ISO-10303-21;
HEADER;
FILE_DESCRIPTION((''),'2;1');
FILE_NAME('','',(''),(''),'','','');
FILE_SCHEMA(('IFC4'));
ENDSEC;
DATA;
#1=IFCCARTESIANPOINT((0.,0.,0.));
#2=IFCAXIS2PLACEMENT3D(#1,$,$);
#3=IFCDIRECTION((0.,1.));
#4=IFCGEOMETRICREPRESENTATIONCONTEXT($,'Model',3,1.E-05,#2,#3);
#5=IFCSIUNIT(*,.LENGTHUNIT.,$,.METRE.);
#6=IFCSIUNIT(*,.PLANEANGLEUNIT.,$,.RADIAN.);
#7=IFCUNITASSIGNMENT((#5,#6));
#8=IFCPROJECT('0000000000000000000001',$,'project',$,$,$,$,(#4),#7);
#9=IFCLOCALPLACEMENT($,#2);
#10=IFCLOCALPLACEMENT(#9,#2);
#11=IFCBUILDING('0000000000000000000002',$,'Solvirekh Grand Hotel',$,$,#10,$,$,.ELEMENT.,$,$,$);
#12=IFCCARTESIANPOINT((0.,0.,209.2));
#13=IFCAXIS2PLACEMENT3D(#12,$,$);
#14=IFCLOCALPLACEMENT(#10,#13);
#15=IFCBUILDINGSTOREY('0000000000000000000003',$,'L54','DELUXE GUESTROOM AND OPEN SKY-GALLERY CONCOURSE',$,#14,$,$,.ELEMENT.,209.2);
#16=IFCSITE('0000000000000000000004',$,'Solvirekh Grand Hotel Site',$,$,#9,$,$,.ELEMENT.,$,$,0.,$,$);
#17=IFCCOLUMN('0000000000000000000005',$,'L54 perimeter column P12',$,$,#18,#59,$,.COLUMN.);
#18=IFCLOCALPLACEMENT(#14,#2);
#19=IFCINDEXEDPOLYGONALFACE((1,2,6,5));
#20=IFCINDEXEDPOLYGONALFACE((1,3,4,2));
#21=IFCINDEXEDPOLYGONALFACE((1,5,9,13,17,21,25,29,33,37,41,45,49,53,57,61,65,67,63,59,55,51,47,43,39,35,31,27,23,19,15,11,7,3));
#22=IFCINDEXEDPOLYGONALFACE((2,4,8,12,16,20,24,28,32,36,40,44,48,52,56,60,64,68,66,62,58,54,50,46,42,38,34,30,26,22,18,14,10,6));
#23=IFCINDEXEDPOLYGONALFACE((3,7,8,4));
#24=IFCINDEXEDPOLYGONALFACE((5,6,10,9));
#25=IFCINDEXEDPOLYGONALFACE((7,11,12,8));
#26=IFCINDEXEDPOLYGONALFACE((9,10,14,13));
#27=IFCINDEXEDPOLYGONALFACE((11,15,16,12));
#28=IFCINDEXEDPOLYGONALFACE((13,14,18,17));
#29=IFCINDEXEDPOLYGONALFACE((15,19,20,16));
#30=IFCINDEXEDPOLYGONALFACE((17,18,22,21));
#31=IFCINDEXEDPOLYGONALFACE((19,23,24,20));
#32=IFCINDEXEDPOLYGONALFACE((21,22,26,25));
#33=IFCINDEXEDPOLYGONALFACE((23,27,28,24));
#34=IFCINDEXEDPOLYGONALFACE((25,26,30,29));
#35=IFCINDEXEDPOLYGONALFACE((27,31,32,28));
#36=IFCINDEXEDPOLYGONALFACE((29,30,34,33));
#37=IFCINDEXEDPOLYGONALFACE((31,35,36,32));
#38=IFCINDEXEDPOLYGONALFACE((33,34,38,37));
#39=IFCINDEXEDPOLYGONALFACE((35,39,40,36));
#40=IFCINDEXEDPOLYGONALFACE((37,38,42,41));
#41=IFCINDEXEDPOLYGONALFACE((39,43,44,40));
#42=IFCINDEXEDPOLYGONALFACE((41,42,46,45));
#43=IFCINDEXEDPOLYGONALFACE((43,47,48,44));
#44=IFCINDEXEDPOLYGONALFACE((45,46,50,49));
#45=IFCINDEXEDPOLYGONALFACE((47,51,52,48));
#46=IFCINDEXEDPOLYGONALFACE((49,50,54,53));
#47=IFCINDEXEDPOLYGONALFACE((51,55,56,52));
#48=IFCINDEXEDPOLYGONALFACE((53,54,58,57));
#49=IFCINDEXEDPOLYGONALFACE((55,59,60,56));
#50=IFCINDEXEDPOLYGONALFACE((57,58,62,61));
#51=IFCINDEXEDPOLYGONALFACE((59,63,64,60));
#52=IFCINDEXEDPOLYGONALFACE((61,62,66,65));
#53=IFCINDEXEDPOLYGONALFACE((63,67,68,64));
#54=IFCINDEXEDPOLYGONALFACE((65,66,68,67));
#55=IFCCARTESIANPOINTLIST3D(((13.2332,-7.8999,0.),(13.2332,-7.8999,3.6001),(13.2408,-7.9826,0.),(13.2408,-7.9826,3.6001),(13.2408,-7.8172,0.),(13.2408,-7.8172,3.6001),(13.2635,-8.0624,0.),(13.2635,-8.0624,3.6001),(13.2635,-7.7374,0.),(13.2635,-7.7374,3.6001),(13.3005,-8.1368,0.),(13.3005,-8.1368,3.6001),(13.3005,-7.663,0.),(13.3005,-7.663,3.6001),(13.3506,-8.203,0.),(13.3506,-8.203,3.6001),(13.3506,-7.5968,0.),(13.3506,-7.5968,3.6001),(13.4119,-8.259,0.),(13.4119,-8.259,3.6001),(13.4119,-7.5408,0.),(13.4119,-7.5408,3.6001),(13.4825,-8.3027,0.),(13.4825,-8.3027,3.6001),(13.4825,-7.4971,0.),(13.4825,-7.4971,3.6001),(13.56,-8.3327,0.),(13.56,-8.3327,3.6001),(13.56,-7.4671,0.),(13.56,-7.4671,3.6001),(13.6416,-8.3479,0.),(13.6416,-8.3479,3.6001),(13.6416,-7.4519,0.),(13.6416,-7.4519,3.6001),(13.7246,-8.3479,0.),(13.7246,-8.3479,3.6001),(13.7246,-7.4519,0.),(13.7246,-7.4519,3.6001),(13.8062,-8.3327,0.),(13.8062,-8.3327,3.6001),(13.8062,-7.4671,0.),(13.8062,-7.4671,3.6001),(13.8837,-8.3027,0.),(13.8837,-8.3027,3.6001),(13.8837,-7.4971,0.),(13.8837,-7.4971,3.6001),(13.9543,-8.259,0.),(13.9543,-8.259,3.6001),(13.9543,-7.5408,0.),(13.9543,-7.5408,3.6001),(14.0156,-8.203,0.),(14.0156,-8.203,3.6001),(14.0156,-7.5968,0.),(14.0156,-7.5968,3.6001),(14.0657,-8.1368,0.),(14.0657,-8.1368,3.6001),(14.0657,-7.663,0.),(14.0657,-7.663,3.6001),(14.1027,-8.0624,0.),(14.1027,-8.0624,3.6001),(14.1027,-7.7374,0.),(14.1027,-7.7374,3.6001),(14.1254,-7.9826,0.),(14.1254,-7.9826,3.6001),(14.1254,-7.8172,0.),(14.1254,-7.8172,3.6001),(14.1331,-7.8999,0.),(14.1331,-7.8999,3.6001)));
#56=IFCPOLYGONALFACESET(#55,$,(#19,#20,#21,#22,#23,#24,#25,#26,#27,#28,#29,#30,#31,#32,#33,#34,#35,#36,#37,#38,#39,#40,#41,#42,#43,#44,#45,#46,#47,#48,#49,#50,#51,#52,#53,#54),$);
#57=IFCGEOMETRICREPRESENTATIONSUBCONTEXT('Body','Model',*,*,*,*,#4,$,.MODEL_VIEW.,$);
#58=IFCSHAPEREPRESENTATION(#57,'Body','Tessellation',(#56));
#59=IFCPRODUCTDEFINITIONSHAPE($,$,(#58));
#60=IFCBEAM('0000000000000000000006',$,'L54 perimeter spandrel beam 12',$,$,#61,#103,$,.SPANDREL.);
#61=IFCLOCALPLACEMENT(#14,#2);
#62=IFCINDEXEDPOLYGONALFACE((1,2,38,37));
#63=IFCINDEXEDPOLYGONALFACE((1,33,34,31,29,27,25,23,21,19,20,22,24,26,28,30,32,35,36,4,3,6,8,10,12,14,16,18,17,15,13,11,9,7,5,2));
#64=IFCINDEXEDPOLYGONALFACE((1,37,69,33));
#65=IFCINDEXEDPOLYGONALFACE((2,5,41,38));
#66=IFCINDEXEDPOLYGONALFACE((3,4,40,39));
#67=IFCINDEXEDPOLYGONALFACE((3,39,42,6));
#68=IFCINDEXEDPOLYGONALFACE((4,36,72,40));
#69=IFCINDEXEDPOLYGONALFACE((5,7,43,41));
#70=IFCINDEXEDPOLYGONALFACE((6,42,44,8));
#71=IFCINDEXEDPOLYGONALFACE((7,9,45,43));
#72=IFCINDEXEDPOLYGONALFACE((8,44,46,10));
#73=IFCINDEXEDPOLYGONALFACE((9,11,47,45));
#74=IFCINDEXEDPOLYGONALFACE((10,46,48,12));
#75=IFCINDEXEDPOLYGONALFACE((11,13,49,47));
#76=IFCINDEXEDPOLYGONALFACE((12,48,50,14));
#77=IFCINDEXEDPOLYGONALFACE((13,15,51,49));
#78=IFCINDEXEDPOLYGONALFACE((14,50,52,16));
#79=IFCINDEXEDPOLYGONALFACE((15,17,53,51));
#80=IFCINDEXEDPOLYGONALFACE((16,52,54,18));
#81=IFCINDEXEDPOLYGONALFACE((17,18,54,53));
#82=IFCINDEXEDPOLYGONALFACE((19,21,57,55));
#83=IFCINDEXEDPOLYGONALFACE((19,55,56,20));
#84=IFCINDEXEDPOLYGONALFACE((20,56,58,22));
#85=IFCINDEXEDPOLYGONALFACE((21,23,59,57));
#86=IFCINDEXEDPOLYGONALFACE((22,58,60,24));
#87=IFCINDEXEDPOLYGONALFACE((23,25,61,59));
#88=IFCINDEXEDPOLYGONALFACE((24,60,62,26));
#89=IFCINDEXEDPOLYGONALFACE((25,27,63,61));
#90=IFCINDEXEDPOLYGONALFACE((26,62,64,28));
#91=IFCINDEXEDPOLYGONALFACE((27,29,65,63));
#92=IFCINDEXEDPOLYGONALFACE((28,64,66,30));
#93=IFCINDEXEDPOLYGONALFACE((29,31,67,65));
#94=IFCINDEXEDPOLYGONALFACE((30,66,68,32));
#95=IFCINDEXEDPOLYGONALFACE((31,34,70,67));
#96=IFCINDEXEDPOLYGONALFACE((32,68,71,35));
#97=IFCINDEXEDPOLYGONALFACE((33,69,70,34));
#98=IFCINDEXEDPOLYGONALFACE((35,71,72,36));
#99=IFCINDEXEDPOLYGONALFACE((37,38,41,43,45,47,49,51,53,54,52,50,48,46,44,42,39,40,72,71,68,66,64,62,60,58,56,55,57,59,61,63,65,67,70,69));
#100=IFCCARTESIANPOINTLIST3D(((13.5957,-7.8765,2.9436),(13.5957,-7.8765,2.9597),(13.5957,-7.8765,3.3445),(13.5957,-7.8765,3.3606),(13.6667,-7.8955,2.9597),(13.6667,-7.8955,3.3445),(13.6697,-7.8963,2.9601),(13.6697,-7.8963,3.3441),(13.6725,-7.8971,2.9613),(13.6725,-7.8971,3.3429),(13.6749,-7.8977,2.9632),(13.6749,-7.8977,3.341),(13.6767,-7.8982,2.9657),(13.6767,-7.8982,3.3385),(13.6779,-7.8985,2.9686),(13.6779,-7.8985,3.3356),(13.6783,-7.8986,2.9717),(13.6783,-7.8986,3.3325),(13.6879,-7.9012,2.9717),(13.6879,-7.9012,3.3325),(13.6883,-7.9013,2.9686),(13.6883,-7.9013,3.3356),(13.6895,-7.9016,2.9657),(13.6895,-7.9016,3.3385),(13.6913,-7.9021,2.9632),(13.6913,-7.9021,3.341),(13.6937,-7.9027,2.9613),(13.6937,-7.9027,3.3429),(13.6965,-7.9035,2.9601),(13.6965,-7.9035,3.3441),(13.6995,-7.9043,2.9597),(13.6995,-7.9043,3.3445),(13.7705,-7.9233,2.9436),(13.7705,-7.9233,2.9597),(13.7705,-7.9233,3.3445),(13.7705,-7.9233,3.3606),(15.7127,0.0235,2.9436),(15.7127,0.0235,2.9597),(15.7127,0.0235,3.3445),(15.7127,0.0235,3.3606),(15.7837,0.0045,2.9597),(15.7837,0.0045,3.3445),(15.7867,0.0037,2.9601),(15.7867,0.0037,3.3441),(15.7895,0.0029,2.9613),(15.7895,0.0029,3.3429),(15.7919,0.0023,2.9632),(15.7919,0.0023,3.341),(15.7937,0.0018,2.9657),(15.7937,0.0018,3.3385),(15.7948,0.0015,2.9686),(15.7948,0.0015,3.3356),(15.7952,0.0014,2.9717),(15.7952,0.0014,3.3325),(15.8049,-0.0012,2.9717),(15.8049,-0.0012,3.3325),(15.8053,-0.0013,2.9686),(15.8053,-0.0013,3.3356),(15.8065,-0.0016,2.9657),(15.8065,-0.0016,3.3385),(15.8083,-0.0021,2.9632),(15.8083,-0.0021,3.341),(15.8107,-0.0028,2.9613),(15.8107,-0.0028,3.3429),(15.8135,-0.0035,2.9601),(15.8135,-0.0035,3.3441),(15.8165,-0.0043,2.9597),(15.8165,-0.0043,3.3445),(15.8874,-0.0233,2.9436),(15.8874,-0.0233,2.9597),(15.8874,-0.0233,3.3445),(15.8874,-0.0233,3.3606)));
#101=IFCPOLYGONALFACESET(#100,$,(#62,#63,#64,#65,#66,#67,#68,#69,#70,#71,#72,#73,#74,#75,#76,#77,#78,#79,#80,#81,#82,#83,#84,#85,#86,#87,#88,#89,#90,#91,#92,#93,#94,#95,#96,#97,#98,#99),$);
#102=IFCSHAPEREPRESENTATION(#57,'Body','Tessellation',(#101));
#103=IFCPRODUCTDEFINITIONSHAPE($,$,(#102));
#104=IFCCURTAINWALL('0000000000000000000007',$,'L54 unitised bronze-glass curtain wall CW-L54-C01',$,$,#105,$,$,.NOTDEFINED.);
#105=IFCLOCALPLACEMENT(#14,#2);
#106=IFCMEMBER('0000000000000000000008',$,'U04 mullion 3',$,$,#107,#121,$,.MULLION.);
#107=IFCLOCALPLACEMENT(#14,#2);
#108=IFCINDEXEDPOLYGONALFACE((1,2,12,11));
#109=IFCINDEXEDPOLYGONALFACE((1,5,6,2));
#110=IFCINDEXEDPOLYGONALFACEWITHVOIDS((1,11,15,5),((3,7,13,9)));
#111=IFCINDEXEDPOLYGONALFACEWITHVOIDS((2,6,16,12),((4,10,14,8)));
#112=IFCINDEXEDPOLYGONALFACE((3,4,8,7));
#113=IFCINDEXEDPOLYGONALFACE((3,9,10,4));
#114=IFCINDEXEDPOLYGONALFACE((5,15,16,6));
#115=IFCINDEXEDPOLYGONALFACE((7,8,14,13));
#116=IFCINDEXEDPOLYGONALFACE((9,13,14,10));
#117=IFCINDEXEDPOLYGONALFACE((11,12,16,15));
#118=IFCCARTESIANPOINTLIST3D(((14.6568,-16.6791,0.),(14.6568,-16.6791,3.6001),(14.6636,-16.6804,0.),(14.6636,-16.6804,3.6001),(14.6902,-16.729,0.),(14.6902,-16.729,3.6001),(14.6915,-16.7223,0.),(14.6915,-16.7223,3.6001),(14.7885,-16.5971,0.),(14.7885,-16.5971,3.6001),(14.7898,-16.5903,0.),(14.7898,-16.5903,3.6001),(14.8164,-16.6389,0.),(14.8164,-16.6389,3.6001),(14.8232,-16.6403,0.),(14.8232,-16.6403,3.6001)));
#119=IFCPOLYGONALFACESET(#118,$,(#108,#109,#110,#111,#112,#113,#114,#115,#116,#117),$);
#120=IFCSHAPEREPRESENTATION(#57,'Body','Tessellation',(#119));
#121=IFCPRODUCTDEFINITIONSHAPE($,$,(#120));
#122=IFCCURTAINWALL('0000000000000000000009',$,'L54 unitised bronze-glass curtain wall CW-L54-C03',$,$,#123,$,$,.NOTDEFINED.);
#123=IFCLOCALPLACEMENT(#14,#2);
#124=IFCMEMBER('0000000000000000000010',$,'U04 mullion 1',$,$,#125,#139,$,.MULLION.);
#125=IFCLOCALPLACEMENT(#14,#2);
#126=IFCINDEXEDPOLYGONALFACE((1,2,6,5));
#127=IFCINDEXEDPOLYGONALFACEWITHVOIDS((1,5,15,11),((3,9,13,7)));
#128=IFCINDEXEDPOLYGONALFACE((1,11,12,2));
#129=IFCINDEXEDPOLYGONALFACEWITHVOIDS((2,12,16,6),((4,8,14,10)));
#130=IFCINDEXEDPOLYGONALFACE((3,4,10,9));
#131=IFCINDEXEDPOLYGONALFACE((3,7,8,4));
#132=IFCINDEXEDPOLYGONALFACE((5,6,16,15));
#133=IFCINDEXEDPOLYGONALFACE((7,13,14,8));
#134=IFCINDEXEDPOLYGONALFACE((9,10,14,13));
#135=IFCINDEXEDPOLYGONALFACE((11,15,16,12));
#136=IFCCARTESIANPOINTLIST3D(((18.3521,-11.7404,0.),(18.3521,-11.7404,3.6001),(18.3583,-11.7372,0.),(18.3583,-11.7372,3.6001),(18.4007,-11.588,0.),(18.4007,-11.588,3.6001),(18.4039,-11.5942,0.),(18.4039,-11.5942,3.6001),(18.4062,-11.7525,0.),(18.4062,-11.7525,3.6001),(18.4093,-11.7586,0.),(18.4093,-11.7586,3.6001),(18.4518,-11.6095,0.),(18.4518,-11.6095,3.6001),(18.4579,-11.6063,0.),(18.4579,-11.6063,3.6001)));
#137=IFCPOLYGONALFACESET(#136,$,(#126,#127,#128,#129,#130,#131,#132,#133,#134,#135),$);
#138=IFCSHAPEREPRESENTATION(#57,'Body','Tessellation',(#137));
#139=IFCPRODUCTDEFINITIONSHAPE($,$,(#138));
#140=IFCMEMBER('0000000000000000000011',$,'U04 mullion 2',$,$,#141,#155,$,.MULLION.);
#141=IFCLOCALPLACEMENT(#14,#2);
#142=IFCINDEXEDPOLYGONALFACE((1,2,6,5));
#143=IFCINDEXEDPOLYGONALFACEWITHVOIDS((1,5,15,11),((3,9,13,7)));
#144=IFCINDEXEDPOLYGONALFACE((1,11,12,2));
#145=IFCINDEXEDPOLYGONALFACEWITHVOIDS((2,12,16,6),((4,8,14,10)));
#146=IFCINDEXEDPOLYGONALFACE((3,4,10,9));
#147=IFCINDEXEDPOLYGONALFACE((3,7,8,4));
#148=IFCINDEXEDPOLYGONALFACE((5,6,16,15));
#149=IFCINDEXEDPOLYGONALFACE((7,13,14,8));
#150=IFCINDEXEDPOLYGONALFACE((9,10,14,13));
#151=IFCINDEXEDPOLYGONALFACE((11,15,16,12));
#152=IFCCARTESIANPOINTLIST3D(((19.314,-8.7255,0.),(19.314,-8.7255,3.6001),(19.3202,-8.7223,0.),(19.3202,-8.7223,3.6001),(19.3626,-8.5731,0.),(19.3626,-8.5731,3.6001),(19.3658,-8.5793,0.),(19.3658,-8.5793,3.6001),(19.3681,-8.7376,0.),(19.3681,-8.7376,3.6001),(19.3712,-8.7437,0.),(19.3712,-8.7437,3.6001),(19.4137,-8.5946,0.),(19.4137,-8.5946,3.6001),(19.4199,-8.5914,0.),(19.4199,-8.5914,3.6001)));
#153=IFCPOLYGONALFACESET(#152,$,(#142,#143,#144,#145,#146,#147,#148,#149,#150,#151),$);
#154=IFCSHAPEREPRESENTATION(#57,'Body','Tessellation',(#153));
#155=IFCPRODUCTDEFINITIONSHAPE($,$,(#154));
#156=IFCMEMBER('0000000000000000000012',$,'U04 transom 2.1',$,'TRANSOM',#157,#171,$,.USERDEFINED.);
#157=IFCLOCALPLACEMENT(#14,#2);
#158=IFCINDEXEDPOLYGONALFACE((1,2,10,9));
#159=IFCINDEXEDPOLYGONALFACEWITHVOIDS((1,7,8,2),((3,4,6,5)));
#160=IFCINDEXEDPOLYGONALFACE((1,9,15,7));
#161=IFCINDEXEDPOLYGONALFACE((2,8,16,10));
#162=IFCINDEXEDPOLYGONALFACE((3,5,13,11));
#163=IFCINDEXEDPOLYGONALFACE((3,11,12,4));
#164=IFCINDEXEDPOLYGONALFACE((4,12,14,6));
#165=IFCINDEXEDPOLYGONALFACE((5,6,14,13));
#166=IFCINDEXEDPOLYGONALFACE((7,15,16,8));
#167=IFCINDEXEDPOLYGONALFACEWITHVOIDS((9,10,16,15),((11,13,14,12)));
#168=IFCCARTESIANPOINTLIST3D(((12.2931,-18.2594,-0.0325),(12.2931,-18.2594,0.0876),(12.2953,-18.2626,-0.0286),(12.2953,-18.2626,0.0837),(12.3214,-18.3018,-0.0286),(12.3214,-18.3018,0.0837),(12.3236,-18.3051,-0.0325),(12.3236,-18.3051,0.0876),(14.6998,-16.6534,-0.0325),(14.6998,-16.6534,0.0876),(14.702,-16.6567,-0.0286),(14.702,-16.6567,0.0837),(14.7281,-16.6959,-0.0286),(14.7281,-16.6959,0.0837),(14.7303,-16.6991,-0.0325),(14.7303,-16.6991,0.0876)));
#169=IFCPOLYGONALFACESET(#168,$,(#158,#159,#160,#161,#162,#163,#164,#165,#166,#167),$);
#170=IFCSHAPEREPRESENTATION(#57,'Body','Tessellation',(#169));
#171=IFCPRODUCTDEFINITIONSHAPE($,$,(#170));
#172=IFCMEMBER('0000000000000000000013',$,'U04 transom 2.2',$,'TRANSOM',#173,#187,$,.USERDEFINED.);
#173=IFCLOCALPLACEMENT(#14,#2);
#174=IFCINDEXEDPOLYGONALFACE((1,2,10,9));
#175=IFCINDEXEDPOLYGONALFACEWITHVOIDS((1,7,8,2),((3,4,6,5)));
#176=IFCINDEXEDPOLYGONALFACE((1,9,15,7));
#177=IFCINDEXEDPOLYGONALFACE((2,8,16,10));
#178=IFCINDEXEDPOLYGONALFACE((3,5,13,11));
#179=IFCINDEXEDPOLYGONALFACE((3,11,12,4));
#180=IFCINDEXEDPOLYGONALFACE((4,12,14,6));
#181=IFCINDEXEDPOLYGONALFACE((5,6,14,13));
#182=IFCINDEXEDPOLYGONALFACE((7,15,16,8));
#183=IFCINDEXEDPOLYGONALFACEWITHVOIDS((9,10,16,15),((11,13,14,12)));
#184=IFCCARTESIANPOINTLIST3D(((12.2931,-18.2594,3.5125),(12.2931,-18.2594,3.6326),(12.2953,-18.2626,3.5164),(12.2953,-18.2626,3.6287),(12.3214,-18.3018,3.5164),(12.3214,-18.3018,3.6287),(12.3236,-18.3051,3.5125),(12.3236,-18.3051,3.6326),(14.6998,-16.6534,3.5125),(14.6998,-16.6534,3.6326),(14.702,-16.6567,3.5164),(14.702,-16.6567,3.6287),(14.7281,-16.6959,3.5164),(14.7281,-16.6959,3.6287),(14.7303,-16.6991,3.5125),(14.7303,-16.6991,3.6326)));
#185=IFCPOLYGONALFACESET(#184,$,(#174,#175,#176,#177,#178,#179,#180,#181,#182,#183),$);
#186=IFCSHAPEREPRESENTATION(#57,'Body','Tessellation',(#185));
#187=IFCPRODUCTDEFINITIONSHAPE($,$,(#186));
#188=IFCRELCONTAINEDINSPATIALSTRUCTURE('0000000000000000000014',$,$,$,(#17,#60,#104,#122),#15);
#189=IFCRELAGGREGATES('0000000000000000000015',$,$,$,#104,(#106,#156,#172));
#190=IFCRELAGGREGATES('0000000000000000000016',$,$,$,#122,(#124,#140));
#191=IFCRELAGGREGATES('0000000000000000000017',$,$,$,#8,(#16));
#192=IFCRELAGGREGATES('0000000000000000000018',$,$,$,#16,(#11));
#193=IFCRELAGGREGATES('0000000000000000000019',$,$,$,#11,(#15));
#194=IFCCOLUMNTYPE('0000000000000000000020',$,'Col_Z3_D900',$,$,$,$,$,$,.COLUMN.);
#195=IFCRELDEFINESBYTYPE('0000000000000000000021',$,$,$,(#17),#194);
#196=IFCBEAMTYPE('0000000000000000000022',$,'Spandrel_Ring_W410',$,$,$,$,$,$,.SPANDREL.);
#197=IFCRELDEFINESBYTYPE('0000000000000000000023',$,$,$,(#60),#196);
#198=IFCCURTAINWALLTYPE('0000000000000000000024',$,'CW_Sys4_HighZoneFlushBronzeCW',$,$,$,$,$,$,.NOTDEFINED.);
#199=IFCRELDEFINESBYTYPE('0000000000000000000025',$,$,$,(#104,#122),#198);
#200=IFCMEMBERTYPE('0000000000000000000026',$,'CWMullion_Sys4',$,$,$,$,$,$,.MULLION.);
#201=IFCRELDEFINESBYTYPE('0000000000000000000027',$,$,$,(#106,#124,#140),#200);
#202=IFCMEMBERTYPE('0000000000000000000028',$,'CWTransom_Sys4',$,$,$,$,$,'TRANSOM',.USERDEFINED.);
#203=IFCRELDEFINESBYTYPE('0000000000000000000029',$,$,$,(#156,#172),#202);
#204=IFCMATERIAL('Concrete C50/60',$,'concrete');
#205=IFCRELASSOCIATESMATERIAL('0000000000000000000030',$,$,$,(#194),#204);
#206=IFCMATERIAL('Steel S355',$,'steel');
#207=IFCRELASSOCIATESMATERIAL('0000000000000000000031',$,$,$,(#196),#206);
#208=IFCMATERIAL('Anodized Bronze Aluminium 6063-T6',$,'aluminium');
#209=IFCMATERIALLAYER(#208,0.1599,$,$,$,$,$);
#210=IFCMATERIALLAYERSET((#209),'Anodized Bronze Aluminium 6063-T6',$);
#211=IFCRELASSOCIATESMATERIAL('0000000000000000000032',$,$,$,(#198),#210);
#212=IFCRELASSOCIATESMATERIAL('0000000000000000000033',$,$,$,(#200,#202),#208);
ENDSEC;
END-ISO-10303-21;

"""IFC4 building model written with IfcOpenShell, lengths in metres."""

from ifc_helpers import new_model, si_unit, direction, frame, origin, origin_2d, place, context, subcontext, project, spatial, hollow_rectangle, circle, i_section, extrude, source, transform, mapped, material, layer, layer_set, material_profile, profile_set, type_object, element, aggregate, save


model = new_model("IFC4")

# Units and contexts
model_context = context("Model", 3, precision=1e-05, world=origin(), true_north=direction((0.0, 1.0)))
body_context = subcontext(model_context, "Body", "Model", "MODEL_VIEW")
ifc_project = project(units=[si_unit("LENGTHUNIT", "METRE"), si_unit("PLANEANGLEUNIT", "RADIAN")], contexts=[model_context])

# Site, building, storey
site_placement = place(None, origin())
site = spatial("IfcSite", under=ifc_project, at=site_placement, Name="Solvirekh Grand Hotel Site", CompositionType="ELEMENT", RefElevation=0.0)
building_placement = place(site_placement, origin())
building = spatial("IfcBuilding", under=site, at=building_placement, Name="Solvirekh Grand Hotel", CompositionType="ELEMENT")
storey_placement = place(building_placement, frame((0.0, 0.0, 209.2)))
storey = spatial("IfcBuildingStorey", under=building, at=storey_placement, Name="L54", Description="DELUXE GUESTROOM AND OPEN SKY-GALLERY CONCOURSE", CompositionType="ELEMENT", Elevation=209.2)

# Column
ifc_material_1 = material(Name="Concrete C50/60", Category="concrete")
ifc_material_profile_1 = material_profile(ifc_material_1, circle(Radius=0.45, at=origin_2d()), Name="RC CIRC D900")
ifc_profile_set_1 = profile_set([ifc_material_profile_1], Name="Concrete C50/60")
column_type = type_object("IfcColumnType", Name="Col_Z3_D900", PredefinedType="COLUMN", material=ifc_profile_set_1)
column_placement = place(storey_placement, frame((13.6831, -7.8999, 0.0), z_axis=(0.0, 0.0, 1.0), x_axis=(1.0, 0.0, 0.0)))
element("IfcColumn", 1, at=column_placement, inside=storey, type_object=column_type, Name="L54 perimeter column P12", PredefinedType="COLUMN", context=body_context, shape_type="SweptSolid", body=[
    extrude(circle(Radius=0.45, at=origin_2d()), origin(), (0.0, 0.0, 1.0), 3.6001),
])

# Beam
ifc_material_2 = material(Name="Steel S355", Category="steel")
ifc_material_profile_2 = material_profile(ifc_material_2, i_section(OverallWidth=0.1809, OverallDepth=0.417, WebThickness=0.01, FlangeThickness=0.0161, FilletRadius=0.012, at=origin_2d()), Name="W410X85")
ifc_profile_set_2 = profile_set([ifc_material_profile_2], Name="Steel S355")
beam_type = type_object("IfcBeamType", Name="Spandrel_Ring_W410", PredefinedType="SPANDREL", material=ifc_profile_set_2)
beam_placement = place(storey_placement, frame((13.6831, -7.8999, 3.1521), z_axis=(0.258839, 0.965921, 0.0), x_axis=(-0.965921, 0.258839, 0.0)))
element("IfcBeam", 2, at=beam_placement, inside=storey, type_object=beam_type, Name="L54 perimeter spandrel beam 12", PredefinedType="SPANDREL", context=body_context, shape_type="SweptSolid", body=[
    extrude(i_section(OverallWidth=0.1809, OverallDepth=0.417, WebThickness=0.01, FlangeThickness=0.0161, FilletRadius=0.012, at=origin_2d()), origin(), (0.0, 0.0, 1.0), 8.1787),
])

# Curtain wall, member
ifc_material_3 = material(Name="Anodized Bronze Aluminium 6063-T6", Category="aluminium")
ifc_layer_1 = layer(ifc_material_3, 0.1599)
ifc_layer_set_1 = layer_set([ifc_layer_1], Name="Anodized Bronze Aluminium 6063-T6")
curtain_wall_type = type_object("IfcCurtainWallType", Name="CW_Sys4_HighZoneFlushBronzeCW", PredefinedType="NOTDEFINED", material=ifc_layer_set_1)
curtain_wall_1_placement = place(storey_placement, origin())
curtain_wall_1 = element("IfcCurtainWall", 3, at=curtain_wall_1_placement, inside=storey, type_object=curtain_wall_type, Name="L54 unitised bronze-glass curtain wall CW-L54-C01", PredefinedType="NOTDEFINED")
ifc_material_profile_3 = material_profile(ifc_material_3, hollow_rectangle(XDim=0.0601, YDim=0.1599, WallThickness=0.0049, at=origin_2d()), Name="ALU RHS 160X60X5")
ifc_profile_set_3 = profile_set([ifc_material_profile_3], Name="Anodized Bronze Aluminium 6063-T6")
member_type_1 = type_object("IfcMemberType", Name="CWMullion_Sys4", PredefinedType="MULLION", material=ifc_profile_set_3)
shared_shape_1 = source(origin(), body_context, "Body", "SweptSolid", [
    extrude(hollow_rectangle(XDim=0.0601, YDim=0.1599, WallThickness=0.0049, at=origin_2d()), origin(), (0.0, 0.0, 1.0), 3.6001),
])
member_1_placement = place(storey_placement, frame((14.74, -16.6597, 0.0), z_axis=(0.0, 0.0, 1.0), x_axis=(-0.555087, 0.831792, 0.0)))
member_1 = element("IfcMember", 4, at=member_1_placement, type_object=member_type_1, Name="U04 mullion 3", PredefinedType="MULLION", context=body_context, shape_type="MappedRepresentation", body=[
    mapped(shared_shape_1, transform((0.0, 0.0, 0.0), x_axis=(1.0, 0.0, 0.0), y_axis=(0.0, 1.0, 0.0), z_axis=(0.0, 0.0, 1.0), scale=1.0)),
])

# Curtain wall, members
curtain_wall_2_placement = place(storey_placement, origin())
curtain_wall_2 = element("IfcCurtainWall", 5, at=curtain_wall_2_placement, inside=storey, type_object=curtain_wall_type, Name="L54 unitised bronze-glass curtain wall CW-L54-C03", PredefinedType="NOTDEFINED")
member_2_placement = place(storey_placement, frame((18.405, -11.6733, 0.0), z_axis=(0.0, 0.0, 1.0), x_axis=(-0.952689, 0.303946, 0.0)))
member_2 = element("IfcMember", 6, at=member_2_placement, type_object=member_type_1, Name="U04 mullion 1", PredefinedType="MULLION", context=body_context, shape_type="MappedRepresentation", body=[
    mapped(shared_shape_1, transform((0.0, 0.0, 0.0), x_axis=(1.0, 0.0, 0.0), y_axis=(0.0, 1.0, 0.0), z_axis=(0.0, 0.0, 1.0), scale=1.0)),
])
member_3_placement = place(storey_placement, frame((19.3669, -8.6584, 0.0), z_axis=(0.0, 0.0, 1.0), x_axis=(-0.952689, 0.303946, 0.0)))
member_3 = element("IfcMember", 7, at=member_3_placement, type_object=member_type_1, Name="U04 mullion 2", PredefinedType="MULLION", context=body_context, shape_type="MappedRepresentation", body=[
    mapped(shared_shape_1, transform((0.0, 0.0, 0.0), x_axis=(1.0, 0.0, 0.0), y_axis=(0.0, 1.0, 0.0), z_axis=(0.0, 0.0, 1.0), scale=1.0)),
])

# Members
ifc_material_profile_4 = material_profile(ifc_material_3, hollow_rectangle(XDim=0.0549, YDim=0.1201, WallThickness=0.0039, at=origin_2d()), Name="ALU RHS 120X55X4")
ifc_profile_set_4 = profile_set([ifc_material_profile_4], Name="Anodized Bronze Aluminium 6063-T6")
member_type_2 = type_object("IfcMemberType", Name="CWTransom_Sys4", ElementType="TRANSOM", PredefinedType="USERDEFINED", material=ifc_profile_set_4)
shared_shape_2 = source(origin(), body_context, "Body", "SweptSolid", [
    extrude(hollow_rectangle(XDim=0.0549, YDim=0.1201, WallThickness=0.0039, at=origin_2d()), origin(), (0.0, 0.0, 1.0), 2.8933),
])
member_4_placement = place(storey_placement, frame((12.3083, -18.2822, 0.0276), z_axis=(0.831817, 0.555051, 0.0), x_axis=(-0.555051, 0.831817, 0.0)))
member_4 = element("IfcMember", 8, at=member_4_placement, type_object=member_type_2, Name="U04 transom 2.1", ObjectType="TRANSOM", PredefinedType="USERDEFINED", context=body_context, shape_type="MappedRepresentation", body=[
    mapped(shared_shape_2, transform((0.0, 0.0, 0.0), x_axis=(1.0, 0.0, 0.0), y_axis=(0.0, 1.0, 0.0), z_axis=(0.0, 0.0, 1.0), scale=1.0)),
])
member_5_placement = place(storey_placement, frame((12.3083, -18.2822, 3.5725), z_axis=(0.831817, 0.555051, 0.0), x_axis=(-0.555051, 0.831817, 0.0)))
member_5 = element("IfcMember", 9, at=member_5_placement, type_object=member_type_2, Name="U04 transom 2.2", ObjectType="TRANSOM", PredefinedType="USERDEFINED", context=body_context, shape_type="MappedRepresentation", body=[
    mapped(shared_shape_2, transform((0.0, 0.0, 0.0), x_axis=(1.0, 0.0, 0.0), y_axis=(0.0, 1.0, 0.0), z_axis=(0.0, 0.0, 1.0), scale=1.0)),
])

aggregate(curtain_wall_1, [member_1, member_4, member_5])
aggregate(curtain_wall_2, [member_2, member_3])

save(model, "model.ifc")
